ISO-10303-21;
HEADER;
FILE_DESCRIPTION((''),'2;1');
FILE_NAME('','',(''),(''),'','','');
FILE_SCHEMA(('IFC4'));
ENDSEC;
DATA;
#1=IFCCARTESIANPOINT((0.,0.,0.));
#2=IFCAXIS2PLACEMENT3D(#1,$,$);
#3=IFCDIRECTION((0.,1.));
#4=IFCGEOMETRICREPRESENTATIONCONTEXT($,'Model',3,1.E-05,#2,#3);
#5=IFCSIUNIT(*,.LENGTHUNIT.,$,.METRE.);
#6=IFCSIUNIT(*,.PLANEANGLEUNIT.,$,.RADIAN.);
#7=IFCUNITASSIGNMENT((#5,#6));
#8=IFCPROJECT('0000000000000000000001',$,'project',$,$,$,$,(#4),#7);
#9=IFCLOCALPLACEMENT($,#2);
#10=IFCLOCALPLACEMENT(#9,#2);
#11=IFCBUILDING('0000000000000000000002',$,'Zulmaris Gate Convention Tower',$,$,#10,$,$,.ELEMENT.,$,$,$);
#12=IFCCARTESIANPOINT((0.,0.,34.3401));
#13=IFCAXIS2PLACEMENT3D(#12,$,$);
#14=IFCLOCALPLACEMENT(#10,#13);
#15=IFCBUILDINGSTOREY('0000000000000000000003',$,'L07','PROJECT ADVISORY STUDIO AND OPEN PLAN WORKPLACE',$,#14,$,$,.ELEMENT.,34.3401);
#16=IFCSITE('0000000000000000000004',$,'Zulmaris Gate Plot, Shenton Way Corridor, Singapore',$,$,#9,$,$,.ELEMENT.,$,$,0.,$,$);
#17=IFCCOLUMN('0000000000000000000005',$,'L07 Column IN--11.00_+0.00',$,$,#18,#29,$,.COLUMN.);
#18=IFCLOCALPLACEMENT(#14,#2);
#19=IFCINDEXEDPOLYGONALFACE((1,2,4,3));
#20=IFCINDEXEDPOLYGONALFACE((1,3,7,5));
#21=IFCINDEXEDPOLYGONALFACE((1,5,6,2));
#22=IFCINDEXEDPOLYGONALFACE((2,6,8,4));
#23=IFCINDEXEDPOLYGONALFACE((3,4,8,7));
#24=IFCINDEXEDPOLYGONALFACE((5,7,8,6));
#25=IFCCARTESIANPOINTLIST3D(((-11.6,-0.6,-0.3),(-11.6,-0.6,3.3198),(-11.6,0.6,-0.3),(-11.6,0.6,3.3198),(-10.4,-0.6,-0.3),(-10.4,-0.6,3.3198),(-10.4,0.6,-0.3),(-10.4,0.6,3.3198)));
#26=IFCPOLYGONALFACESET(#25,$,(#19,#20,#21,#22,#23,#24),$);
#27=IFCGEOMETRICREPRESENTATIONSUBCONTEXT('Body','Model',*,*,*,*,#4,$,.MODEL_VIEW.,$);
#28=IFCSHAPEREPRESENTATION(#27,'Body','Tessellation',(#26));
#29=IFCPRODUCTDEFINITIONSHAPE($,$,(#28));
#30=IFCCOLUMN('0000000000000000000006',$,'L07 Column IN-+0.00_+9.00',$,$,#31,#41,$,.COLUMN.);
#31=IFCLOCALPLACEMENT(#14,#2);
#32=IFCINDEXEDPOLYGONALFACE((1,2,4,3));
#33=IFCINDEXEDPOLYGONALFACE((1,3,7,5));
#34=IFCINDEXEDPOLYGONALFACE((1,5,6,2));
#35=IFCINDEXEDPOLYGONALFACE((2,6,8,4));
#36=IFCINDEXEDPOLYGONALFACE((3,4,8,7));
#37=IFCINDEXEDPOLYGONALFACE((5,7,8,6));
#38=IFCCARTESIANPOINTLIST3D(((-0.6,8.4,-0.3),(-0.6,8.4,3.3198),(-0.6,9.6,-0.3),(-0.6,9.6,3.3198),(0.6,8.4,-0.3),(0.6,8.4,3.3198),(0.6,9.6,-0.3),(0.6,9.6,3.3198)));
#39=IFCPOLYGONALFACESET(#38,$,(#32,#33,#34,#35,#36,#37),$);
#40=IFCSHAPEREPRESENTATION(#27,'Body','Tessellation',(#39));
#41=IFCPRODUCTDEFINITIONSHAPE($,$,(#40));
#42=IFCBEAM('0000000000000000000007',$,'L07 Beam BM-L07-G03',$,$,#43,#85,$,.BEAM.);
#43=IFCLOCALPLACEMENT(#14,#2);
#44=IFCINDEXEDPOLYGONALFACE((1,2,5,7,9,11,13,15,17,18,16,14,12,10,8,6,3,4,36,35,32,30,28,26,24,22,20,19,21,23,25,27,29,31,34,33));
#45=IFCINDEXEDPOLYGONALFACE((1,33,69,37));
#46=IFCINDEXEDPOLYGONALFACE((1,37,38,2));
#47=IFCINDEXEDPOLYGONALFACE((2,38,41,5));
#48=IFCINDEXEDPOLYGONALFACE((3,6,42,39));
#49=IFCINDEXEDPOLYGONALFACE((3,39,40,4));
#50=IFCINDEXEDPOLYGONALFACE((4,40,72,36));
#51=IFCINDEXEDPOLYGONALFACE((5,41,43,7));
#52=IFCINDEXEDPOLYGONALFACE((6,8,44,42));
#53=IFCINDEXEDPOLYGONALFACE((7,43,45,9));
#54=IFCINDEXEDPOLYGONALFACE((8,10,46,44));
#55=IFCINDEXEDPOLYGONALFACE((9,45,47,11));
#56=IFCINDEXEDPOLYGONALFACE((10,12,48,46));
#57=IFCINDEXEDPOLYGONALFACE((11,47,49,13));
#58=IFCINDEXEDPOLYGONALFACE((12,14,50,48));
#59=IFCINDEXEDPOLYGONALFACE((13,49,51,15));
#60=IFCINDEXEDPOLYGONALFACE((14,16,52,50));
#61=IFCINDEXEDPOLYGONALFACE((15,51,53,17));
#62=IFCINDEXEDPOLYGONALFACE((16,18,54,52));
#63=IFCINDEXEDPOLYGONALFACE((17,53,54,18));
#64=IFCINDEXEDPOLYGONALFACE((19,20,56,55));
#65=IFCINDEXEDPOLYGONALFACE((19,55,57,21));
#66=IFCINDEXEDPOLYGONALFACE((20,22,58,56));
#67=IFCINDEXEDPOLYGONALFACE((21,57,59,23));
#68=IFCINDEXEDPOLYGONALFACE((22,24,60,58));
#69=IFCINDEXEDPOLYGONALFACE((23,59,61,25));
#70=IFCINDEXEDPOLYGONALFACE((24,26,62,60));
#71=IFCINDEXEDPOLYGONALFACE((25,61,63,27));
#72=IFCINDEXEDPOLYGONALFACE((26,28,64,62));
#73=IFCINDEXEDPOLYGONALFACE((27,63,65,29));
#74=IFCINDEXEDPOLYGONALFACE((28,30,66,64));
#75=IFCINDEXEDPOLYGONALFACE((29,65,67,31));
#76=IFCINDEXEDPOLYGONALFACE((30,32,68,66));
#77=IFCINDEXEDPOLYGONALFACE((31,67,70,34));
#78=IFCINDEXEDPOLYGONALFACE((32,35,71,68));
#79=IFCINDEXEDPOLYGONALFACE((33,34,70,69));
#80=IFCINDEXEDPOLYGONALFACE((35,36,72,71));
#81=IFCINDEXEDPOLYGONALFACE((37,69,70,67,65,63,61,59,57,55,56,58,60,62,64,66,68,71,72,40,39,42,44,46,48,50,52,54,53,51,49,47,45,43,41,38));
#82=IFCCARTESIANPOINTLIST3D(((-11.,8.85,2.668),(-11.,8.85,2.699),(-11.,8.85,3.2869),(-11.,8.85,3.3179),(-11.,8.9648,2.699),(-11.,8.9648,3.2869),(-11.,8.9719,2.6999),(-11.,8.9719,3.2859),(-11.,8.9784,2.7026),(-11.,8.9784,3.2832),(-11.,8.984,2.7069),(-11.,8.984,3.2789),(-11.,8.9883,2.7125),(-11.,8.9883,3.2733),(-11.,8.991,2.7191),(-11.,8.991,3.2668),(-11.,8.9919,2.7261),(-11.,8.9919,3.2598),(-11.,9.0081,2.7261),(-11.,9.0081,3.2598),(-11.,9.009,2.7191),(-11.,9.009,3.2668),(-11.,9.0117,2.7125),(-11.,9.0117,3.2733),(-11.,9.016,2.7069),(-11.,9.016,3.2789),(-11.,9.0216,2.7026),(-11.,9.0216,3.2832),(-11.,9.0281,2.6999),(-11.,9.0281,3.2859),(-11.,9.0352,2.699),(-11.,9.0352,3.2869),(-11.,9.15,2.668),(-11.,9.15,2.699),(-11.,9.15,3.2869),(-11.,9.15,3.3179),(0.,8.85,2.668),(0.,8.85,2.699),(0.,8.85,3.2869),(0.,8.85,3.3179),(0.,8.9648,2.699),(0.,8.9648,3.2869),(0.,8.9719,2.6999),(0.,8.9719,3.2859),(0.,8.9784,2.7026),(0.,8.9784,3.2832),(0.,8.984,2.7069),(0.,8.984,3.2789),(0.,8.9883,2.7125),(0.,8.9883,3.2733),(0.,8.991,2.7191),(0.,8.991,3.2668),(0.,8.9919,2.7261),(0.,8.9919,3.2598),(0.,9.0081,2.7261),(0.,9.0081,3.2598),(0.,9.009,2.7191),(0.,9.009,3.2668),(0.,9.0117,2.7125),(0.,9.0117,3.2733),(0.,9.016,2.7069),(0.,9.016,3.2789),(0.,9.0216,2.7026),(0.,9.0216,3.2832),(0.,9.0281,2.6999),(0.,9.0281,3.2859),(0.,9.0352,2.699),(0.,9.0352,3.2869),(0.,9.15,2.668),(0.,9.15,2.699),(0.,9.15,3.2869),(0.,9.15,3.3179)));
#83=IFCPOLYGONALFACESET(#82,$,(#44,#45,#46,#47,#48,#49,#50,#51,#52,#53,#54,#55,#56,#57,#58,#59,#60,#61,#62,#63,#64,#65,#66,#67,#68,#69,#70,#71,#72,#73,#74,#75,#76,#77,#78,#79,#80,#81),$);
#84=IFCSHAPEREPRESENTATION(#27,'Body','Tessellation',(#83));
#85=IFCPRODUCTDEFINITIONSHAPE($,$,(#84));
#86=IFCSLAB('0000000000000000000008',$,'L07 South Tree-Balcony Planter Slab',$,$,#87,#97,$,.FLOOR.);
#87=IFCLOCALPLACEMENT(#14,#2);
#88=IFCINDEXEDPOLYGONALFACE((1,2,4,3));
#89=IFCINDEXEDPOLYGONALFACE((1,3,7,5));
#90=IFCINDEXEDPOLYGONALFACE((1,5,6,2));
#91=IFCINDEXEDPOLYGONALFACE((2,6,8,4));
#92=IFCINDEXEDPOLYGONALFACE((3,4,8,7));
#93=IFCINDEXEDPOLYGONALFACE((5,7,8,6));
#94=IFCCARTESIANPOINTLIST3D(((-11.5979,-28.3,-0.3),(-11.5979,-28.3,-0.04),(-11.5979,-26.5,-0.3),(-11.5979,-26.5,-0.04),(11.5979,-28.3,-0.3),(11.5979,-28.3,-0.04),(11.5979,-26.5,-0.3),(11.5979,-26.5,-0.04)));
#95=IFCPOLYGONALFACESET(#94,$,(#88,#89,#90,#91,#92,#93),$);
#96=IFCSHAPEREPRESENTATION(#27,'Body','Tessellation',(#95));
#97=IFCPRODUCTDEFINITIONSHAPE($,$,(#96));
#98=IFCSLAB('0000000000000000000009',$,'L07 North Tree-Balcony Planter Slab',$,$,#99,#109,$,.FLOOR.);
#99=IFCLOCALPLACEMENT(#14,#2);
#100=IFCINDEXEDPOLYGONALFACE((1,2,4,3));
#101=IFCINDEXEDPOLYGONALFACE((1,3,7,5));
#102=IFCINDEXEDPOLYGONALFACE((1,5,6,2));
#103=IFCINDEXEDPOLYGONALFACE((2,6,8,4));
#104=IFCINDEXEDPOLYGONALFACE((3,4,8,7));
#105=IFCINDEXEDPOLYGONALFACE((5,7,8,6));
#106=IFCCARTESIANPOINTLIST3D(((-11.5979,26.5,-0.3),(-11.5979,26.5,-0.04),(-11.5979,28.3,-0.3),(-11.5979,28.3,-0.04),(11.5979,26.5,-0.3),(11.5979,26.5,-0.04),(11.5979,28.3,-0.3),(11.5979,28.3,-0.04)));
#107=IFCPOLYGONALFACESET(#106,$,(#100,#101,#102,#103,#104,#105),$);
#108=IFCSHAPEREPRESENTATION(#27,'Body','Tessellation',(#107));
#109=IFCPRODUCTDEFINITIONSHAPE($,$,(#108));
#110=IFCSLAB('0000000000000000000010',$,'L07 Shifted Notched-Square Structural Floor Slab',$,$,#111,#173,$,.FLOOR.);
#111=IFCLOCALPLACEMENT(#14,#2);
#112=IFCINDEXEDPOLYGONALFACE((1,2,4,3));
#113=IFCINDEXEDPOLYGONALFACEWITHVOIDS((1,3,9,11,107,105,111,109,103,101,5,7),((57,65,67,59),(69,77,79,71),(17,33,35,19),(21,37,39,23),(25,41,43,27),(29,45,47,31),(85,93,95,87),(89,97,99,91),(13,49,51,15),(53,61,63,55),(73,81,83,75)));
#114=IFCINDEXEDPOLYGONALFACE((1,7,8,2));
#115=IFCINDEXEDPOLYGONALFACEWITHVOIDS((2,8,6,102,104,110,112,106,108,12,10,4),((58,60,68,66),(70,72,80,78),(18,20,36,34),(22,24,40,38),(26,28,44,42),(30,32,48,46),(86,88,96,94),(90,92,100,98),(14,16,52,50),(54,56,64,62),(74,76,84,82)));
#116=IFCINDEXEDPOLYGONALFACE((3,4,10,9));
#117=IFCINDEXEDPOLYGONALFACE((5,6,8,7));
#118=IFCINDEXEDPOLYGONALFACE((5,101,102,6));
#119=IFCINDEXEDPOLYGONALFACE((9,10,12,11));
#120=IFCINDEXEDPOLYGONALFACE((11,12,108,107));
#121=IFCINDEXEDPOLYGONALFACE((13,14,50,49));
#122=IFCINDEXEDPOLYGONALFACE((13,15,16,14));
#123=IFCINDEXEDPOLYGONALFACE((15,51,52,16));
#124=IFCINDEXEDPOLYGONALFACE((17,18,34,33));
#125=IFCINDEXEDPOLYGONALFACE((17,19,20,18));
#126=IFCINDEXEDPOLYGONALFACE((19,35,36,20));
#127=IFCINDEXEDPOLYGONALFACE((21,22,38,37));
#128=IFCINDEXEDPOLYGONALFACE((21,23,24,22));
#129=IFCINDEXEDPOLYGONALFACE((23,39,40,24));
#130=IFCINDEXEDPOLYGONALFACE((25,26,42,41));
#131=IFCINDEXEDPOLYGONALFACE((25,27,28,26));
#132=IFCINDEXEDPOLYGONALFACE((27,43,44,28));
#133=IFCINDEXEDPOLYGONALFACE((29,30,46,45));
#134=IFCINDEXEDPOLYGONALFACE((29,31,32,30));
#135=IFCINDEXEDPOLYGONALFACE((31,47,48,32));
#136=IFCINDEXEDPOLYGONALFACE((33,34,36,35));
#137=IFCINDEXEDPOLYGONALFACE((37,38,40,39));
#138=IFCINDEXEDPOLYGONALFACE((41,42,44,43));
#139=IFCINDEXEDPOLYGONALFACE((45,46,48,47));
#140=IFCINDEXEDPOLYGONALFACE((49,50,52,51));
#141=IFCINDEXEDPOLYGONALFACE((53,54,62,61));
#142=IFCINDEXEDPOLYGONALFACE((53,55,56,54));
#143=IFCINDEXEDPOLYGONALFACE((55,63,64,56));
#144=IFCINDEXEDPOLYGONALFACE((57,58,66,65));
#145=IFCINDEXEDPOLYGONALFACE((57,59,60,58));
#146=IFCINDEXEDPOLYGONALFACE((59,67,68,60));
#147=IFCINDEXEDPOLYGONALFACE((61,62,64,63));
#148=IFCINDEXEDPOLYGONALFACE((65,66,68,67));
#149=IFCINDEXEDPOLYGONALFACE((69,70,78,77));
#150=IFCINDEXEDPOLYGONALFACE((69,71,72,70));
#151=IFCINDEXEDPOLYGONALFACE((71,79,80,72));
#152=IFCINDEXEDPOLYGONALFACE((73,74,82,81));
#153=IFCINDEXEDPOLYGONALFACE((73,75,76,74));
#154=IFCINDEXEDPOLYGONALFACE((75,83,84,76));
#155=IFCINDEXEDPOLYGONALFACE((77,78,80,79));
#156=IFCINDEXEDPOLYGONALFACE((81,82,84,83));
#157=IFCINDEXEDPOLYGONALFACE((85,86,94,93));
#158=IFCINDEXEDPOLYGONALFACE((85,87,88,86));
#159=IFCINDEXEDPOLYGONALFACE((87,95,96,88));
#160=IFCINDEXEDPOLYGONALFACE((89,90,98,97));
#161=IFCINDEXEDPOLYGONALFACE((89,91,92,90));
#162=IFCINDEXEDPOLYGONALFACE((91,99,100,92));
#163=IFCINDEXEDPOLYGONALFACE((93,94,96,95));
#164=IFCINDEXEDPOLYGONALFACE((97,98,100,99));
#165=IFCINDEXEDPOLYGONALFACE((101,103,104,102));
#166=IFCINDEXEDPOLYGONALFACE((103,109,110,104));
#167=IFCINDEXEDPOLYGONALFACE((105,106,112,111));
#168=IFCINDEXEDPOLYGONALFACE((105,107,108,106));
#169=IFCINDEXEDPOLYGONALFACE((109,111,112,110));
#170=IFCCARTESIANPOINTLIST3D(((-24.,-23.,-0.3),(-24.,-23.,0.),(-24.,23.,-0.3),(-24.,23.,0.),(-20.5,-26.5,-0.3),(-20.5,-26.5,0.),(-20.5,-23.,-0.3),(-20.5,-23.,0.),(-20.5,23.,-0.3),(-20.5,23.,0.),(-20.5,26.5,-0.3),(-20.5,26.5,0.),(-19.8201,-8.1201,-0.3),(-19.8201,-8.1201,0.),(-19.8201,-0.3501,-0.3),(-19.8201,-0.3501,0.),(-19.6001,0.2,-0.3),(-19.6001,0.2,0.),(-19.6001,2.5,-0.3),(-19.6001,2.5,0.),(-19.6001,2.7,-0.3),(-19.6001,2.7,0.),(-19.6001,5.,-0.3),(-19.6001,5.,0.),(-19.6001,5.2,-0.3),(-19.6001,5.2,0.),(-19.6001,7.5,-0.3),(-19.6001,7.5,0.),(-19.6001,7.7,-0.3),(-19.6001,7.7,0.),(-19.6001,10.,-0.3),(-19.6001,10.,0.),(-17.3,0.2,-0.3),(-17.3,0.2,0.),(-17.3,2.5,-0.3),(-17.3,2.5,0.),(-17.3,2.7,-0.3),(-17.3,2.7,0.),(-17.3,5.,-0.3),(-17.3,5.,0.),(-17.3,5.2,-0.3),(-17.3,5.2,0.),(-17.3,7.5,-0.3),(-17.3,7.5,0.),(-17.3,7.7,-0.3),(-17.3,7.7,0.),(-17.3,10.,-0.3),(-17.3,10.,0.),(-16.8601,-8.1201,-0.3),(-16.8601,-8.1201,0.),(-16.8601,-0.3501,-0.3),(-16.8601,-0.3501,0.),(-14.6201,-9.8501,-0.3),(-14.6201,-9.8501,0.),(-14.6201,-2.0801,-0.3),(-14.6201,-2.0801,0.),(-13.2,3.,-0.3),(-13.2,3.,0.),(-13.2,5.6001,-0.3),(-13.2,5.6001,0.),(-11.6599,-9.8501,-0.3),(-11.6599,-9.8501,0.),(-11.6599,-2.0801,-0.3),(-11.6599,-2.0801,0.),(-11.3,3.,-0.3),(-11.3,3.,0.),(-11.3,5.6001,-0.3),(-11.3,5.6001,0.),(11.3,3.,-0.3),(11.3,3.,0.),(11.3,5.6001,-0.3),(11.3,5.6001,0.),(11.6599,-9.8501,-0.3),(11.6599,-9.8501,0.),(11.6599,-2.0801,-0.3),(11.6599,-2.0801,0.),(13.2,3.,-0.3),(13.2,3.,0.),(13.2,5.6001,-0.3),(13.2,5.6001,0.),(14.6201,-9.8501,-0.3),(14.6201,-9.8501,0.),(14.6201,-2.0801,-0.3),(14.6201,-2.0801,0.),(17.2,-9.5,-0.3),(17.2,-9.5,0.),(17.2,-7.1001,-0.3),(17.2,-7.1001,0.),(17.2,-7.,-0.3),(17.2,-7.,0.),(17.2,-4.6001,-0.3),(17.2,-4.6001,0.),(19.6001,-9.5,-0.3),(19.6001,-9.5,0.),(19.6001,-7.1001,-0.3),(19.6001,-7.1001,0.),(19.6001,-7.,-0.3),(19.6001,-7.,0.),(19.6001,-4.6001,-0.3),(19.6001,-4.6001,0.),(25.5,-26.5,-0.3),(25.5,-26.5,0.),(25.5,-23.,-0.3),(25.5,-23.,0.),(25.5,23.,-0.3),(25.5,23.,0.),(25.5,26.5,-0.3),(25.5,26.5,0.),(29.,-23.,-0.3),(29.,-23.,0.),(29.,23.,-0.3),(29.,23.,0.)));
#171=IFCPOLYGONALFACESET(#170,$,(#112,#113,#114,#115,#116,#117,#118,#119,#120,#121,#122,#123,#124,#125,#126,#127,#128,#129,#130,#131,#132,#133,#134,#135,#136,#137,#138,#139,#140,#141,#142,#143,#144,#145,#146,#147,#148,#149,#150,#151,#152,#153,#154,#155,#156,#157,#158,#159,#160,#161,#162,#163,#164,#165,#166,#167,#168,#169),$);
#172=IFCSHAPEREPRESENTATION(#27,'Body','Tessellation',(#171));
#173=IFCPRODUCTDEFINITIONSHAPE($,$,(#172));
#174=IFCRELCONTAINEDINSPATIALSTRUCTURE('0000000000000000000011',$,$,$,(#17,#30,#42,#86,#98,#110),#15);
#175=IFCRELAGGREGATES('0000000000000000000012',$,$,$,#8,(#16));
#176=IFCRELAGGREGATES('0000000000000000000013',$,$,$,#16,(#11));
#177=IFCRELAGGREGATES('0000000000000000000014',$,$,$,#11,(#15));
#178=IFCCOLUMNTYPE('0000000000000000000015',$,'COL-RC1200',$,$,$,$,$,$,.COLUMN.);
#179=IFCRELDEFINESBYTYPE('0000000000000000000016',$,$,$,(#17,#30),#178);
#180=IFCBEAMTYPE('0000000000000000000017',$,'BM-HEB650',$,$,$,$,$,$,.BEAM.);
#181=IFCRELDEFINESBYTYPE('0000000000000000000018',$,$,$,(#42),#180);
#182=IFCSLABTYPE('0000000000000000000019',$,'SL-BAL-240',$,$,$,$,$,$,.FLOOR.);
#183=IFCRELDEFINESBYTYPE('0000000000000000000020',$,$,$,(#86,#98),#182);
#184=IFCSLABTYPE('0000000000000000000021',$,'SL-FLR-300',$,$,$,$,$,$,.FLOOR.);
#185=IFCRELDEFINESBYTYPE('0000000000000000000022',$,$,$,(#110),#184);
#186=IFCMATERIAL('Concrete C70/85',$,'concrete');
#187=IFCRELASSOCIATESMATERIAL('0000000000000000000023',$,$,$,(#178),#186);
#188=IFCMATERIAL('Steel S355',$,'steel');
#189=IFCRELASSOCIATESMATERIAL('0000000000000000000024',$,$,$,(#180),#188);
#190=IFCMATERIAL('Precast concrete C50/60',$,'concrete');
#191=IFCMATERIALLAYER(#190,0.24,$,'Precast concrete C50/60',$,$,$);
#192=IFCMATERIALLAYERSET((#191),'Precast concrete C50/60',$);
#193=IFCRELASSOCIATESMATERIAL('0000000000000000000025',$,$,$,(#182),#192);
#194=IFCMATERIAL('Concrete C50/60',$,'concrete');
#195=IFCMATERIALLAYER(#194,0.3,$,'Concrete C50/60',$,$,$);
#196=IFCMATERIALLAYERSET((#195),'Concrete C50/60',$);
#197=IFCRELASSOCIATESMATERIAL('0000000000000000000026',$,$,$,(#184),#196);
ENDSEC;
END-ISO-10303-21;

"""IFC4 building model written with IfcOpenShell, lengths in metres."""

from ifc_helpers import new_model, si_unit, direction, frame, origin, origin_2d, place, context, subcontext, project, spatial, polyline, rectangle, i_section, outline, extrude, material, layer, layer_set, material_profile, profile_set, type_object, element, save


model = new_model("IFC4")

# Units and contexts
model_context = context("Model", 3, precision=1e-05, world=origin(), true_north=direction((0.0, 1.0)))
body_context = subcontext(model_context, "Body", "Model", "MODEL_VIEW")
ifc_project = project(units=[si_unit("LENGTHUNIT", "METRE"), si_unit("PLANEANGLEUNIT", "RADIAN")], contexts=[model_context])

# Site, building, storey
site_placement = place(None, origin())
site = spatial("IfcSite", under=ifc_project, at=site_placement, Name="Zulmaris Gate Plot, Shenton Way Corridor, Singapore", CompositionType="ELEMENT", RefElevation=0.0)
building_placement = place(site_placement, origin())
building = spatial("IfcBuilding", under=site, at=building_placement, Name="Zulmaris Gate Convention Tower", CompositionType="ELEMENT")
storey_placement = place(building_placement, frame((0.0, 0.0, 34.3401)))
storey = spatial("IfcBuildingStorey", under=building, at=storey_placement, Name="L07", Description="PROJECT ADVISORY STUDIO AND OPEN PLAN WORKPLACE", CompositionType="ELEMENT", Elevation=34.3401)

# Columns
ifc_material_1 = material(Name="Concrete C70/85", Category="concrete")
ifc_material_profile_1 = material_profile(ifc_material_1, rectangle(XDim=1.2, YDim=1.2, at=origin_2d()), Name="RC COL 1200x1200")
ifc_profile_set_1 = profile_set([ifc_material_profile_1], Name="Concrete C70/85")
column_type = type_object("IfcColumnType", Name="COL-RC1200", PredefinedType="COLUMN", material=ifc_profile_set_1)
for number, where, z_axis, x_axis, name in (
    (1, (-11.0, 0.0, -0.3), (0.0, 0.0, 1.0), (1.0, 0.0, 0.0), "L07 Column IN--11.00_+0.00"),
    (2, (0.0, 9.0, -0.3), (0.0, 0.0, 1.0), (1.0, 0.0, 0.0), "L07 Column IN-+0.00_+9.00"),
):
    element("IfcColumn", number, at=place(storey_placement, frame(where, z_axis=z_axis, x_axis=x_axis)), inside=storey, type_object=column_type, Name=name, PredefinedType="COLUMN", context=body_context, shape_type="SweptSolid", body=[
        extrude(rectangle(XDim=1.2, YDim=1.2, at=origin_2d()), origin(), (0.0, 0.0, 1.0), 3.6199),
    ])

# Beam
ifc_material_2 = material(Name="Steel S355", Category="steel")
ifc_material_profile_2 = material_profile(ifc_material_2, i_section(OverallWidth=0.3, OverallDepth=0.6499, WebThickness=0.0161, FlangeThickness=0.031, FilletRadius=0.0271, at=origin_2d()), Name="HEB 650")
ifc_profile_set_2 = profile_set([ifc_material_profile_2], Name="Steel S355")
beam_type = type_object("IfcBeamType", Name="BM-HEB650", PredefinedType="BEAM", material=ifc_profile_set_2)
beam_placement = place(storey_placement, frame((-11.0, 9.0, 2.9929), z_axis=(1.0, 0.0, 0.0), x_axis=(0.0, 1.0, 0.0)))
element("IfcBeam", 3, at=beam_placement, inside=storey, type_object=beam_type, Name="L07 Beam BM-L07-G03", PredefinedType="BEAM", context=body_context, shape_type="SweptSolid", body=[
    extrude(i_section(OverallWidth=0.3, OverallDepth=0.6499, WebThickness=0.0161, FlangeThickness=0.031, FilletRadius=0.0271, at=origin_2d()), origin(), (0.0, 0.0, 1.0), 11.0),
])

# Slabs
ifc_material_3 = material(Name="Precast concrete C50/60", Category="concrete")
ifc_layer_1 = layer(ifc_material_3, 0.24, Name="Precast concrete C50/60")
ifc_layer_set_1 = layer_set([ifc_layer_1], Name="Precast concrete C50/60")
slab_type_1 = type_object("IfcSlabType", Name="SL-BAL-240", PredefinedType="FLOOR", material=ifc_layer_set_1)
slab_1_placement = place(storey_placement, frame((0.0, 0.0, -0.3)))
element("IfcSlab", 4, at=slab_1_placement, inside=storey, type_object=slab_type_1, Name="L07 South Tree-Balcony Planter Slab", PredefinedType="FLOOR", context=body_context, shape_type="SweptSolid", body=[
    extrude(outline(polyline([(-11.5979, -28.3), (-11.5979, -26.5), (11.5979, -26.5), (11.5979, -28.3), (-11.5979, -28.3)])), origin(), (0.0, 0.0, 1.0), 0.26),
])
slab_2_placement = place(storey_placement, frame((0.0, 0.0, -0.3)))
element("IfcSlab", 5, at=slab_2_placement, inside=storey, type_object=slab_type_1, Name="L07 North Tree-Balcony Planter Slab", PredefinedType="FLOOR", context=body_context, shape_type="SweptSolid", body=[
    extrude(outline(polyline([(11.5979, 28.3), (11.5979, 26.5), (-11.5979, 26.5), (-11.5979, 28.3), (11.5979, 28.3)])), origin(), (0.0, 0.0, 1.0), 0.26),
])
ifc_material_4 = material(Name="Concrete C50/60", Category="concrete")
ifc_layer_2 = layer(ifc_material_4, 0.3, Name="Concrete C50/60")
ifc_layer_set_2 = layer_set([ifc_layer_2], Name="Concrete C50/60")
slab_type_2 = type_object("IfcSlabType", Name="SL-FLR-300", PredefinedType="FLOOR", material=ifc_layer_set_2)
slab_3_placement = place(storey_placement, frame((0.0, 0.0, -0.3)))
element("IfcSlab", 6, at=slab_3_placement, inside=storey, type_object=slab_type_2, Name="L07 Shifted Notched-Square Structural Floor Slab", PredefinedType="FLOOR", context=body_context, shape_type="SweptSolid", body=[
    extrude(outline(polyline([(-20.5, -26.5), (25.5, -26.5), (25.5, -23.0), (29.0, -23.0), (29.0, 23.0), (25.5, 23.0), (25.5, 26.5), (-20.5, 26.5), (-20.5, 23.0), (-24.0, 23.0), (-24.0, -23.0), (-20.5, -23.0), (-20.5, -26.5)]), holes=[polyline([(-14.6201, -2.0801), (-14.6201, -9.8501), (-11.6599, -9.8501), (-11.6599, -2.0801), (-14.6201, -2.0801)]), polyline([(11.6599, -2.0801), (11.6599, -9.8501), (14.6201, -9.8501), (14.6201, -2.0801), (11.6599, -2.0801)]), polyline([(-16.8601, -8.1201), (-16.8601, -0.3501), (-19.8201, -0.3501), (-19.8201, -8.1201), (-16.8601, -8.1201)]), polyline([(-13.2, 3.0), (-11.3, 3.0), (-11.3, 5.6001), (-13.2, 5.6001), (-13.2, 3.0)]), polyline([(11.3, 3.0), (13.2, 3.0), (13.2, 5.6001), (11.3, 5.6001), (11.3, 3.0)]), polyline([(-19.6001, 0.2), (-17.3, 0.2), (-17.3, 2.5), (-19.6001, 2.5), (-19.6001, 0.2)]), polyline([(-19.6001, 2.7), (-17.3, 2.7), (-17.3, 5.0), (-19.6001, 5.0), (-19.6001, 2.7)]), polyline([(-19.6001, 5.2), (-17.3, 5.2), (-17.3, 7.5), (-19.6001, 7.5), (-19.6001, 5.2)]), polyline([(-19.6001, 7.7), (-17.3, 7.7), (-17.3, 10.0), (-19.6001, 10.0), (-19.6001, 7.7)]), polyline([(17.2, -9.5), (19.6001, -9.5), (19.6001, -7.1001), (17.2, -7.1001), (17.2, -9.5)]), polyline([(17.2, -7.0), (19.6001, -7.0), (19.6001, -4.6001), (17.2, -4.6001), (17.2, -7.0)])]), origin(), (0.0, 0.0, 1.0), 0.3),
])

save(model, "model.ifc")
